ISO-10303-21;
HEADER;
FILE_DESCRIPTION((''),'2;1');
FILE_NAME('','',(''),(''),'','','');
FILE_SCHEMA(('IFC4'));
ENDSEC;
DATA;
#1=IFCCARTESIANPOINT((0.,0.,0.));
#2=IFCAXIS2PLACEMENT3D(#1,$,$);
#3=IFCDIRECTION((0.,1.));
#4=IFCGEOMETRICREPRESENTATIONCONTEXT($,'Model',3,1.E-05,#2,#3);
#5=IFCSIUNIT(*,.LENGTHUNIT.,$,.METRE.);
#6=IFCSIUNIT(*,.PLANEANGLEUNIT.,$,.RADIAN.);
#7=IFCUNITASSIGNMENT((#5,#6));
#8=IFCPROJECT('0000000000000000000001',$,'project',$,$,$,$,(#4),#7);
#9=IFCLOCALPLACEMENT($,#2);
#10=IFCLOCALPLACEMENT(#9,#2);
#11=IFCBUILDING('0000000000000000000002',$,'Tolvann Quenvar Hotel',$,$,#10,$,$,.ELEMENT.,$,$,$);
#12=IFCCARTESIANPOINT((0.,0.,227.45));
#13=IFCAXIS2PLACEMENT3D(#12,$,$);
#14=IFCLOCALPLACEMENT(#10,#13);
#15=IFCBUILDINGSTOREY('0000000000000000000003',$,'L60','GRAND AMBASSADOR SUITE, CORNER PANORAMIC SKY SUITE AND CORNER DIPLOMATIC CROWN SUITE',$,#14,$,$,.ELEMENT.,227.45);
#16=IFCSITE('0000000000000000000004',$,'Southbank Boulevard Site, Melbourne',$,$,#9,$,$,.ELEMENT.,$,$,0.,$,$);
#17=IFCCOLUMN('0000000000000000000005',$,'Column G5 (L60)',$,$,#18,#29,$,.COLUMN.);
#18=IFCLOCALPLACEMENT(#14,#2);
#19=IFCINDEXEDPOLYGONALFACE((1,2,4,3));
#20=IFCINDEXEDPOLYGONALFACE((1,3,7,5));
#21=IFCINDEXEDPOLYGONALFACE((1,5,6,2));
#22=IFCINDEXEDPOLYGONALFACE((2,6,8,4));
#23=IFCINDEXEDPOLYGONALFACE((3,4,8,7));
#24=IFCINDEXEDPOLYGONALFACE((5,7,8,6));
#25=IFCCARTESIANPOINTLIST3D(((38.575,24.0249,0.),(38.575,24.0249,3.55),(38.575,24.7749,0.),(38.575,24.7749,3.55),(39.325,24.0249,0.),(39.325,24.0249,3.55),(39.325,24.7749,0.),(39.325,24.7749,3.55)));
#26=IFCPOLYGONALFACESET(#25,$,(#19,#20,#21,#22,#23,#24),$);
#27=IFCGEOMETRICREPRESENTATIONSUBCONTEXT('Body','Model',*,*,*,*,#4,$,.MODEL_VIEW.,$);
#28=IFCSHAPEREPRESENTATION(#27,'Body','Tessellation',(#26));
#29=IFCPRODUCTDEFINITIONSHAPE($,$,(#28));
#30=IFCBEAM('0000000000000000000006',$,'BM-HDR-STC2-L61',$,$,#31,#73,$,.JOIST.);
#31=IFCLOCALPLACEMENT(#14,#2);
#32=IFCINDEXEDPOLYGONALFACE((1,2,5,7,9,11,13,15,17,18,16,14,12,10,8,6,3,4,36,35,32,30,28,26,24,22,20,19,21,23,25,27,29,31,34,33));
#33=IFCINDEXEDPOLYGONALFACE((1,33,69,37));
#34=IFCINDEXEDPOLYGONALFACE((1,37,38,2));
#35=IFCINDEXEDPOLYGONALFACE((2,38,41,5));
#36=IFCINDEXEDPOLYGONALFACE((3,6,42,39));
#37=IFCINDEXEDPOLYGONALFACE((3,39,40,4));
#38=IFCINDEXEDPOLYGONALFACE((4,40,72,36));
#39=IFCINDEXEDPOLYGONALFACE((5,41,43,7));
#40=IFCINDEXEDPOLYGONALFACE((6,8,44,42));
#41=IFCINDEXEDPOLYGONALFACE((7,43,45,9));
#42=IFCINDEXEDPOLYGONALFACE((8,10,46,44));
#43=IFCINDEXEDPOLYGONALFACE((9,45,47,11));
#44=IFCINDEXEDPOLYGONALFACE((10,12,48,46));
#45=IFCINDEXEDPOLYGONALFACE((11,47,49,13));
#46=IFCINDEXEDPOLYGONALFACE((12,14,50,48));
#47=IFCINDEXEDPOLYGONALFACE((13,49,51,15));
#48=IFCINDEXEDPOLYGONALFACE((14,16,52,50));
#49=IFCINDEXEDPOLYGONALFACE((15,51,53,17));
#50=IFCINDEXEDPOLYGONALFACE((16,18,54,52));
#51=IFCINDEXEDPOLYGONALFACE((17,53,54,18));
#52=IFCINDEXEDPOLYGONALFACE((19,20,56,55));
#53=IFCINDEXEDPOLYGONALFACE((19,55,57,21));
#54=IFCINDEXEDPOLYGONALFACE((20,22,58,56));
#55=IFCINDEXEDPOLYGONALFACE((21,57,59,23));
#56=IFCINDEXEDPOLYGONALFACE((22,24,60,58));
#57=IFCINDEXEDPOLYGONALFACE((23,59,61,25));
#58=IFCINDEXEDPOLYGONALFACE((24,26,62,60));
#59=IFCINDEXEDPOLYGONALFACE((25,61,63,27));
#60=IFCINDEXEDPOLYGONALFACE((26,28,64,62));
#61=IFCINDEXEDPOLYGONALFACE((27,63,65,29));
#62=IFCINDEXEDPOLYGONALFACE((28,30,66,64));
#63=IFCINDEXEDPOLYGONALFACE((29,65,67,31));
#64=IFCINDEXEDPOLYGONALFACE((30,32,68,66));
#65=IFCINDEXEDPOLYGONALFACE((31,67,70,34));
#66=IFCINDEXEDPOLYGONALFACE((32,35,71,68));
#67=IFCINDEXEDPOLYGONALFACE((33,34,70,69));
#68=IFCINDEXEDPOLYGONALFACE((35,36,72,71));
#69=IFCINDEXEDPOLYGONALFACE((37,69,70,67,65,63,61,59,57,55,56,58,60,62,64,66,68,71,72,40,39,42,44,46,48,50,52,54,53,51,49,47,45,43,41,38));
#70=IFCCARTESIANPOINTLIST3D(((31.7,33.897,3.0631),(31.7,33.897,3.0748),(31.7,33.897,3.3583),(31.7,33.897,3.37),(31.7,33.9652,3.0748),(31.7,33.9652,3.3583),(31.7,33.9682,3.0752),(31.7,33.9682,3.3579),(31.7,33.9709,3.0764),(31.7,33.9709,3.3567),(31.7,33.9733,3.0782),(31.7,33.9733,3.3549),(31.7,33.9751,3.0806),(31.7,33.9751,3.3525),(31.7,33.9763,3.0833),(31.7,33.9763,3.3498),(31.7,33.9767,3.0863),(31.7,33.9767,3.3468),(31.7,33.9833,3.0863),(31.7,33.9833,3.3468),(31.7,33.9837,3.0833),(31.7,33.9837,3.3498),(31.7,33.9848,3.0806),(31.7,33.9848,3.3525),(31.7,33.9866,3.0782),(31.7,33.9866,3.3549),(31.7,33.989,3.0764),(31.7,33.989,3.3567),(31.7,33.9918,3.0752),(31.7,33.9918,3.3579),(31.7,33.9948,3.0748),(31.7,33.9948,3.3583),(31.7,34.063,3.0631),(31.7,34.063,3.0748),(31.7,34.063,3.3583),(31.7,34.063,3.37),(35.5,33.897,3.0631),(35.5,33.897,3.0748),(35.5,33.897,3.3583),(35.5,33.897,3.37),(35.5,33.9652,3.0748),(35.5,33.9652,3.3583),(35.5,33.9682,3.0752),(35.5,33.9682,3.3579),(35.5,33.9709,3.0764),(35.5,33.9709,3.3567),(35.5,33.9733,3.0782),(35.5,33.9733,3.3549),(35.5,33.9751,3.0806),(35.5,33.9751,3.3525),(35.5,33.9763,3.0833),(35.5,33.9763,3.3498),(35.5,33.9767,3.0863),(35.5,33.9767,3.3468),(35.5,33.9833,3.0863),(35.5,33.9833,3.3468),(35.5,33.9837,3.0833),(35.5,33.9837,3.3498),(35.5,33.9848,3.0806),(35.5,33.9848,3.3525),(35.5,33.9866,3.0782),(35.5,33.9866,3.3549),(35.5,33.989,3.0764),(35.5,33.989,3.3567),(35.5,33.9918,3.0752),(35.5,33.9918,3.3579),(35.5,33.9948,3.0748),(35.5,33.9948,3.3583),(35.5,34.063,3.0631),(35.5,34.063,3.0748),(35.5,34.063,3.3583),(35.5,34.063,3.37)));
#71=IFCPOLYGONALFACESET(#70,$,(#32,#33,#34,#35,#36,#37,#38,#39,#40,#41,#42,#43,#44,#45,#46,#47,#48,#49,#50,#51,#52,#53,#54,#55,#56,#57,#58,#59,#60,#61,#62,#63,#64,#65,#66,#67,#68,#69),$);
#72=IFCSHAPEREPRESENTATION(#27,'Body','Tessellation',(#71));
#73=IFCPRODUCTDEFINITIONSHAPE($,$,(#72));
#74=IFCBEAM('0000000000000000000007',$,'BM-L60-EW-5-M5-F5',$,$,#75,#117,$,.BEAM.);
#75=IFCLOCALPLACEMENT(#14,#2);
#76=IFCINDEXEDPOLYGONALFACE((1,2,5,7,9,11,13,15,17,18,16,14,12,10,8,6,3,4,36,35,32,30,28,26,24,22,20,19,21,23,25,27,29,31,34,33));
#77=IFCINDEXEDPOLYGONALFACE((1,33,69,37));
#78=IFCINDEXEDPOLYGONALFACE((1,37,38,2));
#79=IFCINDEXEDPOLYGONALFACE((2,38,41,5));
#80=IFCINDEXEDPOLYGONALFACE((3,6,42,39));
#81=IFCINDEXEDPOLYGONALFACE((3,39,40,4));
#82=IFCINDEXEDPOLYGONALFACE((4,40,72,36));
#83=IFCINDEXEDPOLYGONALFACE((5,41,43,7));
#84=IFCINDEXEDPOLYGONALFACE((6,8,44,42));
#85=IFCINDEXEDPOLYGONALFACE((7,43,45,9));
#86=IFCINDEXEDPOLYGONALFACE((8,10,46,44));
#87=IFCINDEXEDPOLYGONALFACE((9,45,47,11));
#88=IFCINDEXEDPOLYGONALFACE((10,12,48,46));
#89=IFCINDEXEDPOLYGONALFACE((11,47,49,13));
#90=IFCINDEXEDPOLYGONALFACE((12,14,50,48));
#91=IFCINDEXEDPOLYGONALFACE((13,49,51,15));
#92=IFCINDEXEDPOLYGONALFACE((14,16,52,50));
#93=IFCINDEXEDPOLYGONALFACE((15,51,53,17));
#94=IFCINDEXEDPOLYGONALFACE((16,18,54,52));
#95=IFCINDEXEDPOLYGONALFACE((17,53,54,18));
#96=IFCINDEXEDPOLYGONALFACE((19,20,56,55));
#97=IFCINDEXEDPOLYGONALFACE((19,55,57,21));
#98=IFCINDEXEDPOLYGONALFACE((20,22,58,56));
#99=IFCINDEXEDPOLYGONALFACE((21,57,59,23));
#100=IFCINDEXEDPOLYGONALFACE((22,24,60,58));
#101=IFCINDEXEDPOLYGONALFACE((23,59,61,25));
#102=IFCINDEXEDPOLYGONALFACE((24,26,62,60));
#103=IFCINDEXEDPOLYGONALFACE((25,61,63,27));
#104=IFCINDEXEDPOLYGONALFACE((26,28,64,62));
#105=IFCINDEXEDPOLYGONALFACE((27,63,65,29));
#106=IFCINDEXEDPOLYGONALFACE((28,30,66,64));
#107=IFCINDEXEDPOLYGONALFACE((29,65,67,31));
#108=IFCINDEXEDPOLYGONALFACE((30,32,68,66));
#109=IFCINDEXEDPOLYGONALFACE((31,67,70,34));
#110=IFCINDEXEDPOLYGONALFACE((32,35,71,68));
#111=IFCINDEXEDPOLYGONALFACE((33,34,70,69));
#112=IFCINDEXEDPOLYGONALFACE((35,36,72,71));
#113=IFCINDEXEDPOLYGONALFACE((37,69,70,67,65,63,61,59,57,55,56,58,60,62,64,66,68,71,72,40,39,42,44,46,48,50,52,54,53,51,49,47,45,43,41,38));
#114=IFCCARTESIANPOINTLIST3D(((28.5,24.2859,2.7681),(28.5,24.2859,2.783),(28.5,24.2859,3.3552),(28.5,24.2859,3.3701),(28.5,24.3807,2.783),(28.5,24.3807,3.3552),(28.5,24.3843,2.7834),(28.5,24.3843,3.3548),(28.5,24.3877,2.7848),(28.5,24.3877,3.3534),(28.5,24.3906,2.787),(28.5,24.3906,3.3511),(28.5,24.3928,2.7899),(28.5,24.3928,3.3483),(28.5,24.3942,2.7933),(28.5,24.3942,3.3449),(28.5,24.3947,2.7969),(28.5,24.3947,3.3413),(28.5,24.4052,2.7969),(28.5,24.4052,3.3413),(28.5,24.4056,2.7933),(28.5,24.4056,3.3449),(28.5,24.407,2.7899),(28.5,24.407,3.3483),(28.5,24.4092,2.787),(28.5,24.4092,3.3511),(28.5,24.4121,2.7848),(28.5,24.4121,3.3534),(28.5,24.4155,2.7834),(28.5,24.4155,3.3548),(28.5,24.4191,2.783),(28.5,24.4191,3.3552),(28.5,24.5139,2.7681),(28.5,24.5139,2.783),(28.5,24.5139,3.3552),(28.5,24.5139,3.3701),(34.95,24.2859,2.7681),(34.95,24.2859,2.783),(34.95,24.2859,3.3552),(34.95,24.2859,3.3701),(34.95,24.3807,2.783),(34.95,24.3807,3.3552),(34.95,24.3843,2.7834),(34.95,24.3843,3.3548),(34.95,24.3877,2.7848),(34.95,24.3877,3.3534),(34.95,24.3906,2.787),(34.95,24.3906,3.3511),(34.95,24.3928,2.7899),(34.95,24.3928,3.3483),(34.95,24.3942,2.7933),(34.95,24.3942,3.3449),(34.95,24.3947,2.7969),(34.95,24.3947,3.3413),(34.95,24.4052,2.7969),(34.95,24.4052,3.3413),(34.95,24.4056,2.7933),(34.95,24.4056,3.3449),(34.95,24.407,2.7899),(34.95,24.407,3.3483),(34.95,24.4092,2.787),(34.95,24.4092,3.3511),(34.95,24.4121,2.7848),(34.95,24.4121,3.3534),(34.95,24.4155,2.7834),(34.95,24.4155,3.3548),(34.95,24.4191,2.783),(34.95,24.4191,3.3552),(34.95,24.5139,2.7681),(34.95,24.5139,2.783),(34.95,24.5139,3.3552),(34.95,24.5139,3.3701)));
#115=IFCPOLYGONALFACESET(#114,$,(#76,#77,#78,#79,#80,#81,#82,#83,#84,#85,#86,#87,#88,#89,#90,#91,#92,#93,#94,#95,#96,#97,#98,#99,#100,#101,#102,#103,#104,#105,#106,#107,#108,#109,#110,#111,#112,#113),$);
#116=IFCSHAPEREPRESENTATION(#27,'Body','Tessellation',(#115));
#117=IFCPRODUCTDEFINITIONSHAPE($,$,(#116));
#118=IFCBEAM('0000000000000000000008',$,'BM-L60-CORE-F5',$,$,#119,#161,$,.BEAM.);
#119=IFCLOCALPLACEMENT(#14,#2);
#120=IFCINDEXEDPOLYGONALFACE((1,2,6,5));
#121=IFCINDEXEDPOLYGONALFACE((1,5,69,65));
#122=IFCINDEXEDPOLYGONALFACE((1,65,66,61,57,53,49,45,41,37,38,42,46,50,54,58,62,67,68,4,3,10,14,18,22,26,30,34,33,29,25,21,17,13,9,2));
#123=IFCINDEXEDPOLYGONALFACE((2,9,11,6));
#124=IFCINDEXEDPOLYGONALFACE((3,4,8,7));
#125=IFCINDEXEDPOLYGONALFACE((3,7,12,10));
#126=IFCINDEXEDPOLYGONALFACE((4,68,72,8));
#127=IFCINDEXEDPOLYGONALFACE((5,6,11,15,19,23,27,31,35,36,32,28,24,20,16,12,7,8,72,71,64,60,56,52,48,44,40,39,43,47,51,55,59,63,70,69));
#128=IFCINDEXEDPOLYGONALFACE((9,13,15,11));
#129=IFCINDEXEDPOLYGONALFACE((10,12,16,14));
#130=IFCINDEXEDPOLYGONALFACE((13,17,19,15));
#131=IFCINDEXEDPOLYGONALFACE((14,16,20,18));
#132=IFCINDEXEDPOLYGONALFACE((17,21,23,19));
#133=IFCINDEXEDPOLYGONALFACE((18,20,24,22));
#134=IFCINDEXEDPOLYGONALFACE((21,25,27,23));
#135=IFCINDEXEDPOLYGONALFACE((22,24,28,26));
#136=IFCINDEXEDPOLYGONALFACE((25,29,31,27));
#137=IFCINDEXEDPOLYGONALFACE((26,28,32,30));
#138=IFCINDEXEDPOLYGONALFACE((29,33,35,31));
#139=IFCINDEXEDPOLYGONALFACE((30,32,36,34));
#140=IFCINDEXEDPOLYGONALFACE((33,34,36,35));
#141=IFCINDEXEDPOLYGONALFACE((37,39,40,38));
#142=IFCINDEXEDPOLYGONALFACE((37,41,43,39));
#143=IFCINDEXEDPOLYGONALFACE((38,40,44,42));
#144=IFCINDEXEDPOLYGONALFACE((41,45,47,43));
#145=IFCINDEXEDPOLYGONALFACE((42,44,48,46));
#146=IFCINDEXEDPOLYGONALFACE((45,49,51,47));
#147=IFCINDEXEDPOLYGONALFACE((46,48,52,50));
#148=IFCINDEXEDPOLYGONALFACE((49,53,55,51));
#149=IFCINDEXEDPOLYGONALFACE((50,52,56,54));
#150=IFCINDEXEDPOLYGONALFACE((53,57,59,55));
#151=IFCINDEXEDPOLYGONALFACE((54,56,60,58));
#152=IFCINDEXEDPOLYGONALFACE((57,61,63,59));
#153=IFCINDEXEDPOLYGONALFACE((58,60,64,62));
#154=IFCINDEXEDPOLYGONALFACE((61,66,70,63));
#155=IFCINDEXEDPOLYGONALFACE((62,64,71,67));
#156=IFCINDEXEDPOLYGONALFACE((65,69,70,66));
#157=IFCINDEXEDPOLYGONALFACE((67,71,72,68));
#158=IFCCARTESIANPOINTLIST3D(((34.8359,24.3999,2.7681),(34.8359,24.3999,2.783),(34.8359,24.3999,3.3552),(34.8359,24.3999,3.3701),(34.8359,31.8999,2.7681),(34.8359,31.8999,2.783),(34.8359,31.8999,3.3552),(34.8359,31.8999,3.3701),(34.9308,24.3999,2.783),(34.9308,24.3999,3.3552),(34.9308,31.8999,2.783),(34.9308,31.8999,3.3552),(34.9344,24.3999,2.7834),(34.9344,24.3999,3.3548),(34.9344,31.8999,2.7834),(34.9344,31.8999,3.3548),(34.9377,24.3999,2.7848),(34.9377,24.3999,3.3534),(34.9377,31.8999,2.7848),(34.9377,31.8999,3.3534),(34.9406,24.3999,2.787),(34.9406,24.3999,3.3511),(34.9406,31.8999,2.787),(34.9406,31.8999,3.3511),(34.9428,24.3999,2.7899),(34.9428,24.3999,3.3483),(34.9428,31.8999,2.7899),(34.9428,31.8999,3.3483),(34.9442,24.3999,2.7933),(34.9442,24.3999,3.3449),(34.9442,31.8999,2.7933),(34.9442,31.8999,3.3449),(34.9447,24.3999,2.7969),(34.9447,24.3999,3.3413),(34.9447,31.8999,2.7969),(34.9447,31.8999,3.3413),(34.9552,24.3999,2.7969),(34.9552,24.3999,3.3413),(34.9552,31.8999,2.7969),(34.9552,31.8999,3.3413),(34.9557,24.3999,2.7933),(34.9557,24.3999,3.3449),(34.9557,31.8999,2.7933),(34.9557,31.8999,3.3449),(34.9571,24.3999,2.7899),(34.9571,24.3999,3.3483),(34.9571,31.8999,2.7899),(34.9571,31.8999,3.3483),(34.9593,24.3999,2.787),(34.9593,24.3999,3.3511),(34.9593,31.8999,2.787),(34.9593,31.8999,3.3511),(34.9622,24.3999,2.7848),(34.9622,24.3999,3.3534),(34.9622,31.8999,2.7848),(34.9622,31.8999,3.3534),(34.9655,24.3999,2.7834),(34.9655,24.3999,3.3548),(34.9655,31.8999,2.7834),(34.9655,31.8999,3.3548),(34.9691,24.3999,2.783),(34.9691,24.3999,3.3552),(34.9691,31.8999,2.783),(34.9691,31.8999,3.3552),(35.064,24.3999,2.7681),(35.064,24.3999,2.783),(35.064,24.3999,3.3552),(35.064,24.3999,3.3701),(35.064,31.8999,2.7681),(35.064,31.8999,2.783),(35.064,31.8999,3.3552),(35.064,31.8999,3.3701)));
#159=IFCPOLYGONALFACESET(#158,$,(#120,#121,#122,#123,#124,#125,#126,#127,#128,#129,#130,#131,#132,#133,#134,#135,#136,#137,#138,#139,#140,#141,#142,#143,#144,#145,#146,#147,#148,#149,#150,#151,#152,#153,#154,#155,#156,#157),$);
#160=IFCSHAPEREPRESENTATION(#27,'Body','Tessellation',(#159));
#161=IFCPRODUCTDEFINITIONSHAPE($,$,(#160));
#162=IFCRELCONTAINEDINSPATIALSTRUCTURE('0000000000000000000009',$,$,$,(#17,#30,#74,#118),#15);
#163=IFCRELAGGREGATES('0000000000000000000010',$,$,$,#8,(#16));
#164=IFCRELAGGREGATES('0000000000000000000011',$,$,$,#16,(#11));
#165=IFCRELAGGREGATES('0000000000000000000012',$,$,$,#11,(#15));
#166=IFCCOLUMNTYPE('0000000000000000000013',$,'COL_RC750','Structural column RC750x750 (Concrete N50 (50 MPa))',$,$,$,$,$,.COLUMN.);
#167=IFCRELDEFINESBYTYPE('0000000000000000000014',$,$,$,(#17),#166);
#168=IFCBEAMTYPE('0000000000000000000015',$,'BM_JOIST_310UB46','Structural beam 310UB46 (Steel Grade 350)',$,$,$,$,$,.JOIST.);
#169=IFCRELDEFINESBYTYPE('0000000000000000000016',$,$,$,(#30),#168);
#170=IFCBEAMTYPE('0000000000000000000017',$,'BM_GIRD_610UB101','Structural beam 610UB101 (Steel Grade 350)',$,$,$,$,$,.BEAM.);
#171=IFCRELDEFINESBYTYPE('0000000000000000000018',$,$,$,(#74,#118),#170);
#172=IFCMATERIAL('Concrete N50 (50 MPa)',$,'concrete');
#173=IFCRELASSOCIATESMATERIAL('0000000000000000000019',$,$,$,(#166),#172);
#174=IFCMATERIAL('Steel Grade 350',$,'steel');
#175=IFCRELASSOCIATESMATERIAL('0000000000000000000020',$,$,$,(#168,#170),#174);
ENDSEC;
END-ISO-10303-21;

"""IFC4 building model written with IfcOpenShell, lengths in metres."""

from ifc_helpers import new_model, si_unit, direction, frame, origin, origin_2d, place, context, subcontext, project, spatial, rectangle, i_section, extrude, source, transform, mapped, material, material_profile, profile_set, type_object, type_shapes, element, save


model = new_model("IFC4")

# Units and contexts
model_context = context("Model", 3, precision=1e-05, world=origin(), true_north=direction((0.0, 1.0)))
body_context = subcontext(model_context, "Body", "Model", "MODEL_VIEW")
ifc_project = project(units=[si_unit("LENGTHUNIT", "METRE"), si_unit("PLANEANGLEUNIT", "RADIAN")], contexts=[model_context])

# Site, building, storey
site_placement = place(None, origin())
site = spatial("IfcSite", under=ifc_project, at=site_placement, Name="Southbank Boulevard Site, Melbourne", CompositionType="ELEMENT", RefElevation=0.0)
building_placement = place(site_placement, origin())
building = spatial("IfcBuilding", under=site, at=building_placement, Name="Tolvann Quenvar Hotel", CompositionType="ELEMENT")
storey_placement = place(building_placement, frame((0.0, 0.0, 227.45)))
storey = spatial("IfcBuildingStorey", under=building, at=storey_placement, Name="L60", Description="GRAND AMBASSADOR SUITE, CORNER PANORAMIC SKY SUITE AND CORNER DIPLOMATIC CROWN SUITE", CompositionType="ELEMENT", Elevation=227.45)

# Column
ifc_material_1 = material(Name="Concrete N50 (50 MPa)", Category="concrete")
ifc_material_profile_1 = material_profile(ifc_material_1, rectangle(XDim=0.75, YDim=0.75, at=origin_2d()), Name="RC750x750")
ifc_profile_set_1 = profile_set([ifc_material_profile_1], Name="Concrete N50 (50 MPa)")
column_type = type_object("IfcColumnType", Name="COL_RC750", Description="Structural column RC750x750 (Concrete N50 (50 MPa))", PredefinedType="COLUMN", material=ifc_profile_set_1)
shared_shape_1 = source(origin(), body_context, "Body", "SweptSolid", [
    extrude(rectangle(XDim=0.75, YDim=0.75, at=origin_2d()), origin(), (0.0, 0.0, 1.0), 3.55),
])
type_shapes(column_type, [shared_shape_1])
column_placement = place(storey_placement, frame((38.95, 24.3999, 0.0), z_axis=(0.0, 0.0, 1.0), x_axis=(1.0, 0.0, 0.0)))
element("IfcColumn", 1, at=column_placement, inside=storey, type_object=column_type, Name="Column G5 (L60)", PredefinedType="COLUMN", context=body_context, shape_type="MappedRepresentation", body=[
    mapped(shared_shape_1, transform((0.0, 0.0, 0.0), x_axis=(1.0, 0.0, 0.0), y_axis=(0.0, 1.0, 0.0), z_axis=(0.0, 0.0, 1.0), scale=1.0)),
])

# Beams
ifc_material_2 = material(Name="Steel Grade 350", Category="steel")
ifc_material_profile_2 = material_profile(ifc_material_2, i_section(OverallWidth=0.166, OverallDepth=0.3069, WebThickness=0.0066, FlangeThickness=0.0117, FilletRadius=0.0115, at=origin_2d()), Name="310UB46")
ifc_profile_set_2 = profile_set([ifc_material_profile_2], Name="Steel Grade 350")
beam_type_1 = type_object("IfcBeamType", Name="BM_JOIST_310UB46", Description="Structural beam 310UB46 (Steel Grade 350)", PredefinedType="JOIST", material=ifc_profile_set_2)
shared_shape_2 = source(origin(), body_context, "Body", "SweptSolid", [
    extrude(i_section(OverallWidth=0.166, OverallDepth=0.3069, WebThickness=0.0066, FlangeThickness=0.0117, FilletRadius=0.0115, at=origin_2d()), origin(), (0.0, 0.0, 1.0), 3.8),
])
type_shapes(beam_type_1, [shared_shape_2])
beam_1_placement = place(storey_placement, frame((31.7, 33.98, 3.2166), z_axis=(1.0, 0.0, 0.0), x_axis=(0.0, 1.0, 0.0)))
element("IfcBeam", 2, at=beam_1_placement, inside=storey, type_object=beam_type_1, Name="BM-HDR-STC2-L61", PredefinedType="JOIST", context=body_context, shape_type="MappedRepresentation", body=[
    mapped(shared_shape_2, transform((0.0, 0.0, 0.0), x_axis=(1.0, 0.0, 0.0), y_axis=(0.0, 1.0, 0.0), z_axis=(0.0, 0.0, 1.0), scale=1.0)),
])
ifc_material_profile_3 = material_profile(ifc_material_2, i_section(OverallWidth=0.228, OverallDepth=0.6021, WebThickness=0.0105, FlangeThickness=0.0149, FilletRadius=0.0139, at=origin_2d()), Name="610UB101")
ifc_profile_set_3 = profile_set([ifc_material_profile_3], Name="Steel Grade 350")
beam_type_2 = type_object("IfcBeamType", Name="BM_GIRD_610UB101", Description="Structural beam 610UB101 (Steel Grade 350)", PredefinedType="BEAM", material=ifc_profile_set_3)
shared_shape_3 = source(origin(), body_context, "Body", "SweptSolid", [
    extrude(i_section(OverallWidth=0.228, OverallDepth=0.6021, WebThickness=0.0105, FlangeThickness=0.0149, FilletRadius=0.0139, at=origin_2d()), origin(), (0.0, 0.0, 1.0), 6.45),
])
beam_2_placement = place(storey_placement, frame((28.5, 24.3999, 3.0691), z_axis=(1.0, 0.0, 0.0), x_axis=(0.0, 1.0, 0.0)))
element("IfcBeam", 3, at=beam_2_placement, inside=storey, type_object=beam_type_2, Name="BM-L60-EW-5-M5-F5", PredefinedType="BEAM", context=body_context, shape_type="MappedRepresentation", body=[
    mapped(shared_shape_3, transform((0.0, 0.0, 0.0), x_axis=(1.0, 0.0, 0.0), y_axis=(0.0, 1.0, 0.0), z_axis=(0.0, 0.0, 1.0), scale=1.0)),
])
shared_shape_4 = source(origin(), body_context, "Body", "SweptSolid", [
    extrude(i_section(OverallWidth=0.228, OverallDepth=0.6021, WebThickness=0.0105, FlangeThickness=0.0149, FilletRadius=0.0139, at=origin_2d()), origin(), (0.0, 0.0, 1.0), 7.5),
])
for number, where, z_axis, x_axis, name in (
    (4, (34.95, 24.3999, 3.0691), (0.0, 1.0, 0.0), (-1.0, 0.0, 0.0), "BM-L60-CORE-F5"),
):
    element("IfcBeam", number, at=place(storey_placement, frame(where, z_axis=z_axis, x_axis=x_axis)), inside=storey, type_object=beam_type_2, Name=name, PredefinedType="BEAM", context=body_context, shape_type="MappedRepresentation", body=[
        mapped(shared_shape_4, transform((0.0, 0.0, 0.0), x_axis=(1.0, 0.0, 0.0), y_axis=(0.0, 1.0, 0.0), z_axis=(0.0, 0.0, 1.0), scale=1.0)),
    ])

save(model, "model.ifc")
